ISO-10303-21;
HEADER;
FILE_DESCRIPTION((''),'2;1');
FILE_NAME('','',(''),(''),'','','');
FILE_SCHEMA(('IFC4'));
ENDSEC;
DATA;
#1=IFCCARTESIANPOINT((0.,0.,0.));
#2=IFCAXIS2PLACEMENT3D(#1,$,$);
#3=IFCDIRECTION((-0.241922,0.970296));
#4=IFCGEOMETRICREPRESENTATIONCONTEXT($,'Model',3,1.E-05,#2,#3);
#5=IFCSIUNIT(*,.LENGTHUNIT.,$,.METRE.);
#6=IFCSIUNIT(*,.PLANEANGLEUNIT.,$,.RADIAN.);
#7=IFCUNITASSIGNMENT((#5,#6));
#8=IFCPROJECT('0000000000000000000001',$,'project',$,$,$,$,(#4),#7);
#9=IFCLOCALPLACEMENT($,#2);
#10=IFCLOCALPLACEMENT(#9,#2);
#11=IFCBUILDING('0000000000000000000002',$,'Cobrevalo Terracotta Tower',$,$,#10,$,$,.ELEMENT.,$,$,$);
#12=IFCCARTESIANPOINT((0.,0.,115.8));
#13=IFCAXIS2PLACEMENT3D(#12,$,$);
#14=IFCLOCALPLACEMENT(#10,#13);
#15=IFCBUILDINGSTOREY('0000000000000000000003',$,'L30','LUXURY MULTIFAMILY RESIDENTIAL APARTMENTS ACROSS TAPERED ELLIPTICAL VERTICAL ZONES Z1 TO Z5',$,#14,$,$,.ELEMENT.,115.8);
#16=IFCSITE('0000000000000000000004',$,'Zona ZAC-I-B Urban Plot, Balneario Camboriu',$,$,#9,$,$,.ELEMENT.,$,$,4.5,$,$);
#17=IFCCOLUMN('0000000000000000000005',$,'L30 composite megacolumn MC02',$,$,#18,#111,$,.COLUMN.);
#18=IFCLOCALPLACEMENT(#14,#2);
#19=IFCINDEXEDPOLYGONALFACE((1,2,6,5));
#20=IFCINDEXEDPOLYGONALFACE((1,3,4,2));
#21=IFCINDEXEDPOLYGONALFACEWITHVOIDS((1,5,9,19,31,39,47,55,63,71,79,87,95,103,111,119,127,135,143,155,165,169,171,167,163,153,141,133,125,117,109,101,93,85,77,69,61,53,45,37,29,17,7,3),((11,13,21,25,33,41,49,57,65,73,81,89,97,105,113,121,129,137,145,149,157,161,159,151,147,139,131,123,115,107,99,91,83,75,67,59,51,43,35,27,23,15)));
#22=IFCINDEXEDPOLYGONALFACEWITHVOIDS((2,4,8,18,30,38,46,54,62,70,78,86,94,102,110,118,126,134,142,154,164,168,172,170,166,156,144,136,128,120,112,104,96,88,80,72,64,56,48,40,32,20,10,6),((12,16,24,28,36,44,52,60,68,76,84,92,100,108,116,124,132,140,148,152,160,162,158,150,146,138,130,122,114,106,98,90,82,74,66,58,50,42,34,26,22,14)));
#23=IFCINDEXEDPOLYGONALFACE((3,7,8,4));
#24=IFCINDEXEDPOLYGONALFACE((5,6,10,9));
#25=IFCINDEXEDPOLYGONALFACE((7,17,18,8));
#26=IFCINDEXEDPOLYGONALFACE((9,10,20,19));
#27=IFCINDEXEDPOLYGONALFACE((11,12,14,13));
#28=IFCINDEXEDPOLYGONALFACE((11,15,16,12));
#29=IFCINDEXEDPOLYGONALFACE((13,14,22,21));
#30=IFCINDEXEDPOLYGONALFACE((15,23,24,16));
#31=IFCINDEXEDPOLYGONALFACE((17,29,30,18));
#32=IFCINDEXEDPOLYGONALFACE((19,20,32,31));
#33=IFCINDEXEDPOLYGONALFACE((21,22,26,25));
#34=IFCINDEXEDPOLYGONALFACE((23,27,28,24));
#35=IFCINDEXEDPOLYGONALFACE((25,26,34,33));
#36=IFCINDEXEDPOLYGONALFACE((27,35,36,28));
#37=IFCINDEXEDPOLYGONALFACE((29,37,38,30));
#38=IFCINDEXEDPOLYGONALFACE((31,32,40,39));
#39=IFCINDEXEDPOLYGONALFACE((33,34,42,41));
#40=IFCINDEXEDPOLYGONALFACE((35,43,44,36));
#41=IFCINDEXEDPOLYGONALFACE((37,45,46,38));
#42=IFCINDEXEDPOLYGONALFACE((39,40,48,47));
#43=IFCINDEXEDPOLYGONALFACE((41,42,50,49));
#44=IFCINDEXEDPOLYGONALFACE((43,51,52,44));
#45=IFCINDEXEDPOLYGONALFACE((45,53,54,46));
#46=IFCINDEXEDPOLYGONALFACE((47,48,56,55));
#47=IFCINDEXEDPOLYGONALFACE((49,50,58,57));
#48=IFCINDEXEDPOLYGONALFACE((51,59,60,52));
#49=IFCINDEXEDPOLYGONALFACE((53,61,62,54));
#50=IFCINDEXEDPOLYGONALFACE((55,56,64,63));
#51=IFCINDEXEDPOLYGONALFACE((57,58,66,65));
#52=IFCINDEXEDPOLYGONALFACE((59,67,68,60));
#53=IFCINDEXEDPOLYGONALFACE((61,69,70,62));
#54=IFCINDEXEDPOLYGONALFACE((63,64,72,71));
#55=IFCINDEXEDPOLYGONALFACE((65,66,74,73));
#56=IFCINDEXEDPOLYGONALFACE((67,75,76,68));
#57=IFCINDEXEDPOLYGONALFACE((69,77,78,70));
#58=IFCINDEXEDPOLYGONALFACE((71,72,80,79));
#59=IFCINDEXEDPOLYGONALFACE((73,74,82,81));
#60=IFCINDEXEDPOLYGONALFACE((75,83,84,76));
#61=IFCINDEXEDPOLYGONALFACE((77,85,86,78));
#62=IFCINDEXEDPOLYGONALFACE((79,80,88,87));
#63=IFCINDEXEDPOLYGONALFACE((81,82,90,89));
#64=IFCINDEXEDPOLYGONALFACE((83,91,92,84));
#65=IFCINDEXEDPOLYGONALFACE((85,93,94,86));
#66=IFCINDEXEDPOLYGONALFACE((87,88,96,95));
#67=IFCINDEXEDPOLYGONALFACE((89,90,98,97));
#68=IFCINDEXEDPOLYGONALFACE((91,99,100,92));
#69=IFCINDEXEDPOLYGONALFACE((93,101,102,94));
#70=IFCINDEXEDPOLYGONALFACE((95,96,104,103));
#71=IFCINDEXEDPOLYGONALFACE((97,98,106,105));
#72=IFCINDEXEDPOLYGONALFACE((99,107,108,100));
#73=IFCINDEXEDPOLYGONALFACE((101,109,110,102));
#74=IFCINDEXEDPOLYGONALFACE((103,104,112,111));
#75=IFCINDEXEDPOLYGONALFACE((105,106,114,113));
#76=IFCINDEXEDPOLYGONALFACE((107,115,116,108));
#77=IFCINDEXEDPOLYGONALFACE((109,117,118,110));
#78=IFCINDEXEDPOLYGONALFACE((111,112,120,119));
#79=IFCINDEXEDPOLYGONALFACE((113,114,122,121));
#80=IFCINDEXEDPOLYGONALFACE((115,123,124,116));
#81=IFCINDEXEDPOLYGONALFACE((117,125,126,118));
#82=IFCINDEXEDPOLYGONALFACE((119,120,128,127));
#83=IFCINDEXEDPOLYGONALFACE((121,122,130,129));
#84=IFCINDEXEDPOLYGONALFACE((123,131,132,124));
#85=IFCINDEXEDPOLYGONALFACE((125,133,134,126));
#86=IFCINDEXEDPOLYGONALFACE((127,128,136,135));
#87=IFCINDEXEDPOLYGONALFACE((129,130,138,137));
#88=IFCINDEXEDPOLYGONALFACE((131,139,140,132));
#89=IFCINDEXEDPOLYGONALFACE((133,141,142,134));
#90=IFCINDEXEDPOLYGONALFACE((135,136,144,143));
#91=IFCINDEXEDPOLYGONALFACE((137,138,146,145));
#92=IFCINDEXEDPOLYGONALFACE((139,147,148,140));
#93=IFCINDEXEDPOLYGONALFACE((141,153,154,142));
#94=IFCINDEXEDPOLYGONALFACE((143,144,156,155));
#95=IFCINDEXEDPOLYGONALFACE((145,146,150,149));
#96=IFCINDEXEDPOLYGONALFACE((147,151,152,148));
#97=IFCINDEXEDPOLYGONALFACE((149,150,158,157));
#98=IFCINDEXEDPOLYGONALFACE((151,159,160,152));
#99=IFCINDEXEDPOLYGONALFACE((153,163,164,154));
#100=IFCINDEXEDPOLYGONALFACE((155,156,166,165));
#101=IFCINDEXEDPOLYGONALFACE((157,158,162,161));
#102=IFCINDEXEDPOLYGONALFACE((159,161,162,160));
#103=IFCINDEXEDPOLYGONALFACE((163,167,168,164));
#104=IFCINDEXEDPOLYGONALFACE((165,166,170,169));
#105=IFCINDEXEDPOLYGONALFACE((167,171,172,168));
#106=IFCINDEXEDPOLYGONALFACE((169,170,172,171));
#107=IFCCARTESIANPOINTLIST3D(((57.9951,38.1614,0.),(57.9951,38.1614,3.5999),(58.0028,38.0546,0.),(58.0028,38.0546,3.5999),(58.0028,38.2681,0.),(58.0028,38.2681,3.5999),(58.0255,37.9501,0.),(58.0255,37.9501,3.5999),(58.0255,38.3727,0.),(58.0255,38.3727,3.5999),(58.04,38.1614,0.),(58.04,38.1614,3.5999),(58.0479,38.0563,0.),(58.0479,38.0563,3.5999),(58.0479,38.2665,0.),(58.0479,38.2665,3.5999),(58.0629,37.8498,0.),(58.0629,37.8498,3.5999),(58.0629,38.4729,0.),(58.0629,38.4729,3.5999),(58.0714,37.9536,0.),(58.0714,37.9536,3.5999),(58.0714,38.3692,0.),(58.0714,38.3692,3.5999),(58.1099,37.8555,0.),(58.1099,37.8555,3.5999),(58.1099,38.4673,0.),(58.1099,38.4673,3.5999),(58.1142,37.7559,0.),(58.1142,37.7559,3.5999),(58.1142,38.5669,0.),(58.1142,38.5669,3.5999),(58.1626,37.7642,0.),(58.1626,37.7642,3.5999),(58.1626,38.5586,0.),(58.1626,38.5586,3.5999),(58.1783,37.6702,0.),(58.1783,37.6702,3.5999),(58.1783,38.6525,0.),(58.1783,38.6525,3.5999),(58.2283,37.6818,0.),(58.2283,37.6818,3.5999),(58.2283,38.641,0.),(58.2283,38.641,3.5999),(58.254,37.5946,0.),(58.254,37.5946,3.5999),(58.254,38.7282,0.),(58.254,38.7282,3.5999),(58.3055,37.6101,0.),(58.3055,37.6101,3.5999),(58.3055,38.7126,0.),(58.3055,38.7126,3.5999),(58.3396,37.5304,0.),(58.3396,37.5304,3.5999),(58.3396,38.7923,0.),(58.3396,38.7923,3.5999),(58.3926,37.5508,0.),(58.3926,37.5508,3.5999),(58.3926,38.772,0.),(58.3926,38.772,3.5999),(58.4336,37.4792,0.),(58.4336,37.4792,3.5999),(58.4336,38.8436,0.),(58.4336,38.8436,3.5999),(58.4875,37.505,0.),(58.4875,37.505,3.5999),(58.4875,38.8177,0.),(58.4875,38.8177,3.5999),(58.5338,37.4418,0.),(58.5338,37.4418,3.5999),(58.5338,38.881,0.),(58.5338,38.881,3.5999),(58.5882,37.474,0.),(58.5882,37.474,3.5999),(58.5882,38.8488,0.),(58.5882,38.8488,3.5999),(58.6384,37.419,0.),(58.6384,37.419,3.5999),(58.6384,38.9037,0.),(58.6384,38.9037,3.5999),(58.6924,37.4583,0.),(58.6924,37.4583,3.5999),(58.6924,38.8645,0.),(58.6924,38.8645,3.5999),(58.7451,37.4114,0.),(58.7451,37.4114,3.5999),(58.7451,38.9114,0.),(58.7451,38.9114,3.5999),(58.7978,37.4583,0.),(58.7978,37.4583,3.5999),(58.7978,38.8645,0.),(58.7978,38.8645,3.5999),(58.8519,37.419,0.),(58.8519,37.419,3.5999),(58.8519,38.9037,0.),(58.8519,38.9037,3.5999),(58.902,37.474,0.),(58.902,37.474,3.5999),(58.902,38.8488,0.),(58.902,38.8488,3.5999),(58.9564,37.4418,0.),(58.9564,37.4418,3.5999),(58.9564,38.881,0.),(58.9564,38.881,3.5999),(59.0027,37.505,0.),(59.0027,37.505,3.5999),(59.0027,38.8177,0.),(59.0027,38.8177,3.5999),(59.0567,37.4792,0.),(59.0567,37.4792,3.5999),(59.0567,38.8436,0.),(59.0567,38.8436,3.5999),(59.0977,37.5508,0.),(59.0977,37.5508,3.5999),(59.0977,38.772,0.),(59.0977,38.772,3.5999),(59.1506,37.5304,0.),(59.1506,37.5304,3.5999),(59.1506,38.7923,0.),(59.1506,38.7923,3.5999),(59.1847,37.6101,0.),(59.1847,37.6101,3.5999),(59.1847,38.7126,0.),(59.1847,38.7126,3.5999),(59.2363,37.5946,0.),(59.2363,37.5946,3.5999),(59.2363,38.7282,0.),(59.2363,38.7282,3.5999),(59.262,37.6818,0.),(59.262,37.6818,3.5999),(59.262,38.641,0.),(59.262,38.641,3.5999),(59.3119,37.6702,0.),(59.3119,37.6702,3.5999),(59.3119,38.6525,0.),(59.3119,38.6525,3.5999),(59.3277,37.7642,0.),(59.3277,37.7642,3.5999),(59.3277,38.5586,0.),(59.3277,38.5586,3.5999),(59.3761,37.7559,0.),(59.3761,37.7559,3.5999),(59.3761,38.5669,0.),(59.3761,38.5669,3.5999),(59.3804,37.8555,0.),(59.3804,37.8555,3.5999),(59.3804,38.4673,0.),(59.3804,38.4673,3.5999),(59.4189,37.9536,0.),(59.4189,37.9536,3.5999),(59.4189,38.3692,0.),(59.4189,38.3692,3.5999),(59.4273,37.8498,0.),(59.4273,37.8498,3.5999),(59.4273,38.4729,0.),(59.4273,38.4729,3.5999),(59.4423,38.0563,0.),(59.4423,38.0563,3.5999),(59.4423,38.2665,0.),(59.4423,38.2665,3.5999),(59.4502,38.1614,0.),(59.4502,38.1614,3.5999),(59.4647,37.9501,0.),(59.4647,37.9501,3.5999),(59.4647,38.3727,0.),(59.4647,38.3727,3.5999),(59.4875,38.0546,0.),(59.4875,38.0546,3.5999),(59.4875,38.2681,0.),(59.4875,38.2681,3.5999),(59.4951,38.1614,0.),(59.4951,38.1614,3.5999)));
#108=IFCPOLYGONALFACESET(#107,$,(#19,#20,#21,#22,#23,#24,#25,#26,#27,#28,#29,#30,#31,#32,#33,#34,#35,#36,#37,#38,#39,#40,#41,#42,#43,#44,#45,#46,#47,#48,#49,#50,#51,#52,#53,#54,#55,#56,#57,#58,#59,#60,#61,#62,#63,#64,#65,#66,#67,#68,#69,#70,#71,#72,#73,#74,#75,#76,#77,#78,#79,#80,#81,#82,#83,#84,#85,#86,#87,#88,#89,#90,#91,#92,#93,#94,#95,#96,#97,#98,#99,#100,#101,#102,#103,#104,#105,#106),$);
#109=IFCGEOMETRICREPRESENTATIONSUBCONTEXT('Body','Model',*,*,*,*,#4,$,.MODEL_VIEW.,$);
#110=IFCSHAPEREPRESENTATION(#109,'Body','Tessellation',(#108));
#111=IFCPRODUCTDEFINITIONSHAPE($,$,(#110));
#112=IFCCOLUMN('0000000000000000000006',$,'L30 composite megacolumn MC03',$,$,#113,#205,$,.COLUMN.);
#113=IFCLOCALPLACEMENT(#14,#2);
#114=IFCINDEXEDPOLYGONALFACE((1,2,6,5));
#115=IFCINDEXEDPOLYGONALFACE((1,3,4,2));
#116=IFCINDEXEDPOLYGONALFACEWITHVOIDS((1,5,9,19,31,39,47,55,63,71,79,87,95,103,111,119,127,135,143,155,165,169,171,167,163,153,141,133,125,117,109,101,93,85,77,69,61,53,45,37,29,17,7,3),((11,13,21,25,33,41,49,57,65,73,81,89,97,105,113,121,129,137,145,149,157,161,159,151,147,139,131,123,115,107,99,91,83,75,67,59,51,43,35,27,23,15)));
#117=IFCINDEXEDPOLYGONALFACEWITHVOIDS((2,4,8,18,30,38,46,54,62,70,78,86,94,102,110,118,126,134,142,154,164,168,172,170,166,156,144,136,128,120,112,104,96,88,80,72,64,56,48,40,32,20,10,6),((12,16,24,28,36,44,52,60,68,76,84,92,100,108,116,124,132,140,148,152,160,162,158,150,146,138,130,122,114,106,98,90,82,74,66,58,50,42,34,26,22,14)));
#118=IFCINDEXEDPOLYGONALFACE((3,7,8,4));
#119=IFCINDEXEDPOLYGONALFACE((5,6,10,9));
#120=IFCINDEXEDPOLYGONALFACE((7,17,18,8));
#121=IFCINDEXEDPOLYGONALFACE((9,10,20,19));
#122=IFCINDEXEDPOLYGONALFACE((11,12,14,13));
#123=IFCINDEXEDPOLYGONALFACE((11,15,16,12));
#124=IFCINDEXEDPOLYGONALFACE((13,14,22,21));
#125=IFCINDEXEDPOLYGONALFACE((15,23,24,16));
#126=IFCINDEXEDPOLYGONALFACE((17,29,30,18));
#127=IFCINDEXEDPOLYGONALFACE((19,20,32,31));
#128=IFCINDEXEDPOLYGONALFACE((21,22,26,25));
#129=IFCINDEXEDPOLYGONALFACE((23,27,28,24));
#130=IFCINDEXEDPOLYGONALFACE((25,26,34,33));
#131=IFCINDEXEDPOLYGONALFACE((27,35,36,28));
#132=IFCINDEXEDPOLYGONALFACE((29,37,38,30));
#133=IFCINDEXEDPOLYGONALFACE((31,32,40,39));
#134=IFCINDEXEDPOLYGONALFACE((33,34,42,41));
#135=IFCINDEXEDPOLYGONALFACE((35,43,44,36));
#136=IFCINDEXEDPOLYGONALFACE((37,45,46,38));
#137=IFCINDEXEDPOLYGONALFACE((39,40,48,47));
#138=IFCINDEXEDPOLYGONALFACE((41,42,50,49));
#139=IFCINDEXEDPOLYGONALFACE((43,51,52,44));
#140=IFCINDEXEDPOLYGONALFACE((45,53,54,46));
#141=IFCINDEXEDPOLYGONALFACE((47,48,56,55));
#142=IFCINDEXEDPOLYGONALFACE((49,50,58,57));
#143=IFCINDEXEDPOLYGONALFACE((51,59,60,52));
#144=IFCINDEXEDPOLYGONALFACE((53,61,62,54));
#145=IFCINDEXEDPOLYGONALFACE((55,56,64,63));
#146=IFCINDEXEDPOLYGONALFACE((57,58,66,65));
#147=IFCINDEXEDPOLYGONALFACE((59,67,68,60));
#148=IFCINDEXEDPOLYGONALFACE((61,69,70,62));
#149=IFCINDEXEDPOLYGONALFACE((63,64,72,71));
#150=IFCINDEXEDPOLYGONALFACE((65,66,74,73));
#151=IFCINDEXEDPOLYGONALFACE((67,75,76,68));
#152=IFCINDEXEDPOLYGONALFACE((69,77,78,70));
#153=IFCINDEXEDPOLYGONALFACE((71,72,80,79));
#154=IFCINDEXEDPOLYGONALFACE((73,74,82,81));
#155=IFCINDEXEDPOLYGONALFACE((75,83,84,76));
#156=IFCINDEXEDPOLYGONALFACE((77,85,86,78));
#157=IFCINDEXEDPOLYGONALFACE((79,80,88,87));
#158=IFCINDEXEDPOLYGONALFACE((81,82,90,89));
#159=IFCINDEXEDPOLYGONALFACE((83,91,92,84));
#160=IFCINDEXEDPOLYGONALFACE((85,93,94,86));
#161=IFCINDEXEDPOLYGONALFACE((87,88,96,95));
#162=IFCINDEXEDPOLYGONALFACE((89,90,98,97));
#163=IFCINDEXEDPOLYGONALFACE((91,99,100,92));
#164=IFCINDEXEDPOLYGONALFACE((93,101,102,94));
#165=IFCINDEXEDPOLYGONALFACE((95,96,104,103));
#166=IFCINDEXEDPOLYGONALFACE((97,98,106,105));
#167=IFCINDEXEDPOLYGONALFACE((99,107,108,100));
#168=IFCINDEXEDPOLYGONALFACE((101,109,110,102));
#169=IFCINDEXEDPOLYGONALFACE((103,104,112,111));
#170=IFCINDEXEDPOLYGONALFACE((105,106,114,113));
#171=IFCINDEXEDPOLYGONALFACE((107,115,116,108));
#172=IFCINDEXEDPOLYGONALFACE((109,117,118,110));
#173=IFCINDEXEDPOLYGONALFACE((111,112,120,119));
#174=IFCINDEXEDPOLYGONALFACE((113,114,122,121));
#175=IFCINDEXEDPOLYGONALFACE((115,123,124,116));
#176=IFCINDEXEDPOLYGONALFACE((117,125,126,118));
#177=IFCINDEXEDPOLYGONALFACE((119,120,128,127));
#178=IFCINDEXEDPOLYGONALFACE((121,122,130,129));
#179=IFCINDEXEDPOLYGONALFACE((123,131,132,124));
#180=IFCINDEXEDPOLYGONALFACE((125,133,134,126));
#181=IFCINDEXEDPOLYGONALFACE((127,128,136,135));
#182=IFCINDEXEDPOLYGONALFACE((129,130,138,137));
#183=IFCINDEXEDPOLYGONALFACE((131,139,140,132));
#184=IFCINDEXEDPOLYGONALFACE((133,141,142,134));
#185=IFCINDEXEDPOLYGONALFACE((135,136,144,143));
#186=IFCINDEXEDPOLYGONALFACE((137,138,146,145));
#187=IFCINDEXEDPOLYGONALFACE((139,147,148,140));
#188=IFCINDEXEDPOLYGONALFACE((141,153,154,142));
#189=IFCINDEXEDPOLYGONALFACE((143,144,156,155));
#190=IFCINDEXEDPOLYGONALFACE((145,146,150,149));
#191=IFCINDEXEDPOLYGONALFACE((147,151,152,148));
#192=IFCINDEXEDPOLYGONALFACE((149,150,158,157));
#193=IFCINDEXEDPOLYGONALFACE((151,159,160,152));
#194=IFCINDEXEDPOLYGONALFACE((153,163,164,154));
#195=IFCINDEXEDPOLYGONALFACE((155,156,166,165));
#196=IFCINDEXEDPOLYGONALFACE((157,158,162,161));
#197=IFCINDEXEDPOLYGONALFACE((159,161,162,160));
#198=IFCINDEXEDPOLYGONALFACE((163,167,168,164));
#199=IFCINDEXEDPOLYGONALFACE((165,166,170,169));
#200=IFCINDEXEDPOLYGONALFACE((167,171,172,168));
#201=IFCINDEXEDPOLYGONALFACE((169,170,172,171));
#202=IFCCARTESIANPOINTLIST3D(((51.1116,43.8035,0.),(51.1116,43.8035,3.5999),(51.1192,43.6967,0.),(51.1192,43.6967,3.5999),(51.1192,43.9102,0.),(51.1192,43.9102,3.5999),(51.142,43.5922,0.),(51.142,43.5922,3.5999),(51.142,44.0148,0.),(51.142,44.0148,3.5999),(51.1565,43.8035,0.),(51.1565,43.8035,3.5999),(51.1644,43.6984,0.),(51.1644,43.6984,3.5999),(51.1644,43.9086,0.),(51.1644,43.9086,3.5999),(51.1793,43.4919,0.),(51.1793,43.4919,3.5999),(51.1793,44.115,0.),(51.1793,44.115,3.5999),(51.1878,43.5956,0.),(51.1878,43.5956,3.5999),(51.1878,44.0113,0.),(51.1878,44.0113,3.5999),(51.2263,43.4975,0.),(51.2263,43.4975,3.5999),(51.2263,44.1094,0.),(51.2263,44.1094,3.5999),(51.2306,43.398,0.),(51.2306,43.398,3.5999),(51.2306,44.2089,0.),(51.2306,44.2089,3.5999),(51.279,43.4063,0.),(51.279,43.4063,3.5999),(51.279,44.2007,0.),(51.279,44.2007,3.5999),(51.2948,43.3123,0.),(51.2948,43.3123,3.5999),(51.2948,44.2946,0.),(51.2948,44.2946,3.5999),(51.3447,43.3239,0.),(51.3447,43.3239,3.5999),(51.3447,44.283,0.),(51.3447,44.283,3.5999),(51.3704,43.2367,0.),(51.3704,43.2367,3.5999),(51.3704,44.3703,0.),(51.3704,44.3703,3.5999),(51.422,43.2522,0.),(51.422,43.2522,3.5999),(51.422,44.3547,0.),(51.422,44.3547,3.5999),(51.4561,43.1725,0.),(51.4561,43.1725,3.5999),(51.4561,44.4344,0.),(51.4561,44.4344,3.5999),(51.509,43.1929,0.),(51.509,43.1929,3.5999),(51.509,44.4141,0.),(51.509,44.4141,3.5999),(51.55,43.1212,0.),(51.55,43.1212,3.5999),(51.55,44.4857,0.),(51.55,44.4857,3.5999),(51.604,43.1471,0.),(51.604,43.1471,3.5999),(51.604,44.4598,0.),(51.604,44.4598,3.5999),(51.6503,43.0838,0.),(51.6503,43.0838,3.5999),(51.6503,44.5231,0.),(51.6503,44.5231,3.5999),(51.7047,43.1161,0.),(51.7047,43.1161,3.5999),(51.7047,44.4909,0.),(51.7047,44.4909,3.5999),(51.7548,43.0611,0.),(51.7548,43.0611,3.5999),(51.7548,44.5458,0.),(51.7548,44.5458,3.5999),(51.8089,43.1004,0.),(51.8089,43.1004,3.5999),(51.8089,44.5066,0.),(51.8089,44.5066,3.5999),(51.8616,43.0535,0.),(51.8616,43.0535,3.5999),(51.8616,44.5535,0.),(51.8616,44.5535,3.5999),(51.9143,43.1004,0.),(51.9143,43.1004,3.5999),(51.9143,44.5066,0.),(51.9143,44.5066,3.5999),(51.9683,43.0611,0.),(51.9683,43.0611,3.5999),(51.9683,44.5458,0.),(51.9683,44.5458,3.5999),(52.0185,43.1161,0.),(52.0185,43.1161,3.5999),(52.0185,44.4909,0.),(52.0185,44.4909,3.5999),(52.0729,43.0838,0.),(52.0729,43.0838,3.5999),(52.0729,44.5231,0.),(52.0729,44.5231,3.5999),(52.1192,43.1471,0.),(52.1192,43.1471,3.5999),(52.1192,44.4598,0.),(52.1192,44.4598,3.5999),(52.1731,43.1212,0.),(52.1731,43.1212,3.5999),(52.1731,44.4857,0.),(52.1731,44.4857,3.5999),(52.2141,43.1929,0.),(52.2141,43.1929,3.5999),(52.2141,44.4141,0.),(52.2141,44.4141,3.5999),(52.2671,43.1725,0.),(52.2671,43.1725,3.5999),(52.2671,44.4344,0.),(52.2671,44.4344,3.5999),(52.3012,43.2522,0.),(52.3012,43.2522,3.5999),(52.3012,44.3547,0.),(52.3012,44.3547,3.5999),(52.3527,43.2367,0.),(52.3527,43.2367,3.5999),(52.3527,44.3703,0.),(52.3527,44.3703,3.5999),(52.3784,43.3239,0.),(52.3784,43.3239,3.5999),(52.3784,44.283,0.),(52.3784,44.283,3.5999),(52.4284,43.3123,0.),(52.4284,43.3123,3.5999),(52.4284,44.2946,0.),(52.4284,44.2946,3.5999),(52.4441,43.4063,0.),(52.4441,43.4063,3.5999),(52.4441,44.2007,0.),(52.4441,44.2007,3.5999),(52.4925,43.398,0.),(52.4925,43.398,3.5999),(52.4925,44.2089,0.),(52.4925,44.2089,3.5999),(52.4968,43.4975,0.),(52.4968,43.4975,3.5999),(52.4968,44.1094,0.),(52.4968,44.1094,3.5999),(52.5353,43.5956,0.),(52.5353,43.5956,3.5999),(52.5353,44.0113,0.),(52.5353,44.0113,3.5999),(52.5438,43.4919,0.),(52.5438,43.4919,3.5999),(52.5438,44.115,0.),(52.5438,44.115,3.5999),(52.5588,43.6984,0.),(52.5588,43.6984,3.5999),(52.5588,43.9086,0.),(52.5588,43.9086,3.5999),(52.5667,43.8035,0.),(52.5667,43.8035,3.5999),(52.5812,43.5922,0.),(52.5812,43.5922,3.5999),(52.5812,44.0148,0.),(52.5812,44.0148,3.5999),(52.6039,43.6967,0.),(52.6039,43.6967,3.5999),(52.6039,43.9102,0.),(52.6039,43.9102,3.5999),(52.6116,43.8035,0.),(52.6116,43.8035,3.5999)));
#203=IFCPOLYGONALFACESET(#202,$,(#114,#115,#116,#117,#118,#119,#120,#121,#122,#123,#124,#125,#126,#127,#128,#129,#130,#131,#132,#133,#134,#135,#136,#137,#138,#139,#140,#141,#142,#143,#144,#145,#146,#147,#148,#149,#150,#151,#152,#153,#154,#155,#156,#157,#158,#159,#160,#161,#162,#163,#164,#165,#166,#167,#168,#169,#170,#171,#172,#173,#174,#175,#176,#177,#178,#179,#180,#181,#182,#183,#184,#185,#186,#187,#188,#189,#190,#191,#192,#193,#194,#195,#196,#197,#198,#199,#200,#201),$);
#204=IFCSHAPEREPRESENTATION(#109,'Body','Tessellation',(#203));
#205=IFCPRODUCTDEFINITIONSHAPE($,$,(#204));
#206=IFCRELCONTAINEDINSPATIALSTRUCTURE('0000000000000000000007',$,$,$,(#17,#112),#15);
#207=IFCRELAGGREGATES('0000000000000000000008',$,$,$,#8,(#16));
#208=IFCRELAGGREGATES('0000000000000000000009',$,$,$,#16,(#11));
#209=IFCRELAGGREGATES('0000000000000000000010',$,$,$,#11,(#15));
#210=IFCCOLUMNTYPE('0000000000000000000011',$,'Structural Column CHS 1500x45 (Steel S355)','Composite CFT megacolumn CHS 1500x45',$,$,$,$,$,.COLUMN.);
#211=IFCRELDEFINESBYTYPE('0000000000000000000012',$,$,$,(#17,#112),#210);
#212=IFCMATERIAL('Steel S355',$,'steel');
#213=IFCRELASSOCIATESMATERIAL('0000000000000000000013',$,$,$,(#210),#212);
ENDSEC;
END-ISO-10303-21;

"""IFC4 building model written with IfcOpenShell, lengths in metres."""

from ifc_helpers import new_model, si_unit, direction, frame, origin, origin_2d, place, context, subcontext, project, spatial, hollow_circle, extrude, material, material_profile, profile_set, type_object, element, save


model = new_model("IFC4")

# Units and contexts
model_context = context("Model", 3, precision=1e-05, world=origin(), true_north=direction((-0.241922, 0.970296)))
body_context = subcontext(model_context, "Body", "Model", "MODEL_VIEW")
ifc_project = project(units=[si_unit("LENGTHUNIT", "METRE"), si_unit("PLANEANGLEUNIT", "RADIAN")], contexts=[model_context])

# Site, building, storey
site_placement = place(None, origin())
site = spatial("IfcSite", under=ifc_project, at=site_placement, Name="Zona ZAC-I-B Urban Plot, Balneario Camboriu", CompositionType="ELEMENT", RefElevation=4.5)
building_placement = place(site_placement, origin())
building = spatial("IfcBuilding", under=site, at=building_placement, Name="Cobrevalo Terracotta Tower", CompositionType="ELEMENT")
storey_placement = place(building_placement, frame((0.0, 0.0, 115.8)))
storey = spatial("IfcBuildingStorey", under=building, at=storey_placement, Name="L30", Description="LUXURY MULTIFAMILY RESIDENTIAL APARTMENTS ACROSS TAPERED ELLIPTICAL VERTICAL ZONES Z1 TO Z5", CompositionType="ELEMENT", Elevation=115.8)

# Columns
ifc_material_1 = material(Name="Steel S355", Category="steel")
ifc_material_profile_1 = material_profile(ifc_material_1, hollow_circle(Radius=0.75, WallThickness=0.0449, at=origin_2d()), Name="CHS 1500x45")
ifc_profile_set_1 = profile_set([ifc_material_profile_1], Name="Steel S355")
column_type = type_object("IfcColumnType", Name="Structural Column CHS 1500x45 (Steel S355)", Description="Composite CFT megacolumn CHS 1500x45", PredefinedType="COLUMN", material=ifc_profile_set_1)
for number, where, z_axis, x_axis, name in (
    (1, (58.7451, 38.1614, 0.0), (0.0, 0.0, 1.0), (1.0, 0.0, 0.0), "L30 composite megacolumn MC02"),
    (2, (51.8616, 43.8035, 0.0), (0.0, 0.0, 1.0), (1.0, 0.0, 0.0), "L30 composite megacolumn MC03"),
):
    element("IfcColumn", number, at=place(storey_placement, frame(where, z_axis=z_axis, x_axis=x_axis)), inside=storey, type_object=column_type, Name=name, PredefinedType="COLUMN", context=body_context, shape_type="SweptSolid", body=[
        extrude(hollow_circle(Radius=0.75, WallThickness=0.0449, at=origin_2d()), origin(), (0.0, 0.0, 1.0), 3.5999),
    ])

save(model, "model.ifc")
